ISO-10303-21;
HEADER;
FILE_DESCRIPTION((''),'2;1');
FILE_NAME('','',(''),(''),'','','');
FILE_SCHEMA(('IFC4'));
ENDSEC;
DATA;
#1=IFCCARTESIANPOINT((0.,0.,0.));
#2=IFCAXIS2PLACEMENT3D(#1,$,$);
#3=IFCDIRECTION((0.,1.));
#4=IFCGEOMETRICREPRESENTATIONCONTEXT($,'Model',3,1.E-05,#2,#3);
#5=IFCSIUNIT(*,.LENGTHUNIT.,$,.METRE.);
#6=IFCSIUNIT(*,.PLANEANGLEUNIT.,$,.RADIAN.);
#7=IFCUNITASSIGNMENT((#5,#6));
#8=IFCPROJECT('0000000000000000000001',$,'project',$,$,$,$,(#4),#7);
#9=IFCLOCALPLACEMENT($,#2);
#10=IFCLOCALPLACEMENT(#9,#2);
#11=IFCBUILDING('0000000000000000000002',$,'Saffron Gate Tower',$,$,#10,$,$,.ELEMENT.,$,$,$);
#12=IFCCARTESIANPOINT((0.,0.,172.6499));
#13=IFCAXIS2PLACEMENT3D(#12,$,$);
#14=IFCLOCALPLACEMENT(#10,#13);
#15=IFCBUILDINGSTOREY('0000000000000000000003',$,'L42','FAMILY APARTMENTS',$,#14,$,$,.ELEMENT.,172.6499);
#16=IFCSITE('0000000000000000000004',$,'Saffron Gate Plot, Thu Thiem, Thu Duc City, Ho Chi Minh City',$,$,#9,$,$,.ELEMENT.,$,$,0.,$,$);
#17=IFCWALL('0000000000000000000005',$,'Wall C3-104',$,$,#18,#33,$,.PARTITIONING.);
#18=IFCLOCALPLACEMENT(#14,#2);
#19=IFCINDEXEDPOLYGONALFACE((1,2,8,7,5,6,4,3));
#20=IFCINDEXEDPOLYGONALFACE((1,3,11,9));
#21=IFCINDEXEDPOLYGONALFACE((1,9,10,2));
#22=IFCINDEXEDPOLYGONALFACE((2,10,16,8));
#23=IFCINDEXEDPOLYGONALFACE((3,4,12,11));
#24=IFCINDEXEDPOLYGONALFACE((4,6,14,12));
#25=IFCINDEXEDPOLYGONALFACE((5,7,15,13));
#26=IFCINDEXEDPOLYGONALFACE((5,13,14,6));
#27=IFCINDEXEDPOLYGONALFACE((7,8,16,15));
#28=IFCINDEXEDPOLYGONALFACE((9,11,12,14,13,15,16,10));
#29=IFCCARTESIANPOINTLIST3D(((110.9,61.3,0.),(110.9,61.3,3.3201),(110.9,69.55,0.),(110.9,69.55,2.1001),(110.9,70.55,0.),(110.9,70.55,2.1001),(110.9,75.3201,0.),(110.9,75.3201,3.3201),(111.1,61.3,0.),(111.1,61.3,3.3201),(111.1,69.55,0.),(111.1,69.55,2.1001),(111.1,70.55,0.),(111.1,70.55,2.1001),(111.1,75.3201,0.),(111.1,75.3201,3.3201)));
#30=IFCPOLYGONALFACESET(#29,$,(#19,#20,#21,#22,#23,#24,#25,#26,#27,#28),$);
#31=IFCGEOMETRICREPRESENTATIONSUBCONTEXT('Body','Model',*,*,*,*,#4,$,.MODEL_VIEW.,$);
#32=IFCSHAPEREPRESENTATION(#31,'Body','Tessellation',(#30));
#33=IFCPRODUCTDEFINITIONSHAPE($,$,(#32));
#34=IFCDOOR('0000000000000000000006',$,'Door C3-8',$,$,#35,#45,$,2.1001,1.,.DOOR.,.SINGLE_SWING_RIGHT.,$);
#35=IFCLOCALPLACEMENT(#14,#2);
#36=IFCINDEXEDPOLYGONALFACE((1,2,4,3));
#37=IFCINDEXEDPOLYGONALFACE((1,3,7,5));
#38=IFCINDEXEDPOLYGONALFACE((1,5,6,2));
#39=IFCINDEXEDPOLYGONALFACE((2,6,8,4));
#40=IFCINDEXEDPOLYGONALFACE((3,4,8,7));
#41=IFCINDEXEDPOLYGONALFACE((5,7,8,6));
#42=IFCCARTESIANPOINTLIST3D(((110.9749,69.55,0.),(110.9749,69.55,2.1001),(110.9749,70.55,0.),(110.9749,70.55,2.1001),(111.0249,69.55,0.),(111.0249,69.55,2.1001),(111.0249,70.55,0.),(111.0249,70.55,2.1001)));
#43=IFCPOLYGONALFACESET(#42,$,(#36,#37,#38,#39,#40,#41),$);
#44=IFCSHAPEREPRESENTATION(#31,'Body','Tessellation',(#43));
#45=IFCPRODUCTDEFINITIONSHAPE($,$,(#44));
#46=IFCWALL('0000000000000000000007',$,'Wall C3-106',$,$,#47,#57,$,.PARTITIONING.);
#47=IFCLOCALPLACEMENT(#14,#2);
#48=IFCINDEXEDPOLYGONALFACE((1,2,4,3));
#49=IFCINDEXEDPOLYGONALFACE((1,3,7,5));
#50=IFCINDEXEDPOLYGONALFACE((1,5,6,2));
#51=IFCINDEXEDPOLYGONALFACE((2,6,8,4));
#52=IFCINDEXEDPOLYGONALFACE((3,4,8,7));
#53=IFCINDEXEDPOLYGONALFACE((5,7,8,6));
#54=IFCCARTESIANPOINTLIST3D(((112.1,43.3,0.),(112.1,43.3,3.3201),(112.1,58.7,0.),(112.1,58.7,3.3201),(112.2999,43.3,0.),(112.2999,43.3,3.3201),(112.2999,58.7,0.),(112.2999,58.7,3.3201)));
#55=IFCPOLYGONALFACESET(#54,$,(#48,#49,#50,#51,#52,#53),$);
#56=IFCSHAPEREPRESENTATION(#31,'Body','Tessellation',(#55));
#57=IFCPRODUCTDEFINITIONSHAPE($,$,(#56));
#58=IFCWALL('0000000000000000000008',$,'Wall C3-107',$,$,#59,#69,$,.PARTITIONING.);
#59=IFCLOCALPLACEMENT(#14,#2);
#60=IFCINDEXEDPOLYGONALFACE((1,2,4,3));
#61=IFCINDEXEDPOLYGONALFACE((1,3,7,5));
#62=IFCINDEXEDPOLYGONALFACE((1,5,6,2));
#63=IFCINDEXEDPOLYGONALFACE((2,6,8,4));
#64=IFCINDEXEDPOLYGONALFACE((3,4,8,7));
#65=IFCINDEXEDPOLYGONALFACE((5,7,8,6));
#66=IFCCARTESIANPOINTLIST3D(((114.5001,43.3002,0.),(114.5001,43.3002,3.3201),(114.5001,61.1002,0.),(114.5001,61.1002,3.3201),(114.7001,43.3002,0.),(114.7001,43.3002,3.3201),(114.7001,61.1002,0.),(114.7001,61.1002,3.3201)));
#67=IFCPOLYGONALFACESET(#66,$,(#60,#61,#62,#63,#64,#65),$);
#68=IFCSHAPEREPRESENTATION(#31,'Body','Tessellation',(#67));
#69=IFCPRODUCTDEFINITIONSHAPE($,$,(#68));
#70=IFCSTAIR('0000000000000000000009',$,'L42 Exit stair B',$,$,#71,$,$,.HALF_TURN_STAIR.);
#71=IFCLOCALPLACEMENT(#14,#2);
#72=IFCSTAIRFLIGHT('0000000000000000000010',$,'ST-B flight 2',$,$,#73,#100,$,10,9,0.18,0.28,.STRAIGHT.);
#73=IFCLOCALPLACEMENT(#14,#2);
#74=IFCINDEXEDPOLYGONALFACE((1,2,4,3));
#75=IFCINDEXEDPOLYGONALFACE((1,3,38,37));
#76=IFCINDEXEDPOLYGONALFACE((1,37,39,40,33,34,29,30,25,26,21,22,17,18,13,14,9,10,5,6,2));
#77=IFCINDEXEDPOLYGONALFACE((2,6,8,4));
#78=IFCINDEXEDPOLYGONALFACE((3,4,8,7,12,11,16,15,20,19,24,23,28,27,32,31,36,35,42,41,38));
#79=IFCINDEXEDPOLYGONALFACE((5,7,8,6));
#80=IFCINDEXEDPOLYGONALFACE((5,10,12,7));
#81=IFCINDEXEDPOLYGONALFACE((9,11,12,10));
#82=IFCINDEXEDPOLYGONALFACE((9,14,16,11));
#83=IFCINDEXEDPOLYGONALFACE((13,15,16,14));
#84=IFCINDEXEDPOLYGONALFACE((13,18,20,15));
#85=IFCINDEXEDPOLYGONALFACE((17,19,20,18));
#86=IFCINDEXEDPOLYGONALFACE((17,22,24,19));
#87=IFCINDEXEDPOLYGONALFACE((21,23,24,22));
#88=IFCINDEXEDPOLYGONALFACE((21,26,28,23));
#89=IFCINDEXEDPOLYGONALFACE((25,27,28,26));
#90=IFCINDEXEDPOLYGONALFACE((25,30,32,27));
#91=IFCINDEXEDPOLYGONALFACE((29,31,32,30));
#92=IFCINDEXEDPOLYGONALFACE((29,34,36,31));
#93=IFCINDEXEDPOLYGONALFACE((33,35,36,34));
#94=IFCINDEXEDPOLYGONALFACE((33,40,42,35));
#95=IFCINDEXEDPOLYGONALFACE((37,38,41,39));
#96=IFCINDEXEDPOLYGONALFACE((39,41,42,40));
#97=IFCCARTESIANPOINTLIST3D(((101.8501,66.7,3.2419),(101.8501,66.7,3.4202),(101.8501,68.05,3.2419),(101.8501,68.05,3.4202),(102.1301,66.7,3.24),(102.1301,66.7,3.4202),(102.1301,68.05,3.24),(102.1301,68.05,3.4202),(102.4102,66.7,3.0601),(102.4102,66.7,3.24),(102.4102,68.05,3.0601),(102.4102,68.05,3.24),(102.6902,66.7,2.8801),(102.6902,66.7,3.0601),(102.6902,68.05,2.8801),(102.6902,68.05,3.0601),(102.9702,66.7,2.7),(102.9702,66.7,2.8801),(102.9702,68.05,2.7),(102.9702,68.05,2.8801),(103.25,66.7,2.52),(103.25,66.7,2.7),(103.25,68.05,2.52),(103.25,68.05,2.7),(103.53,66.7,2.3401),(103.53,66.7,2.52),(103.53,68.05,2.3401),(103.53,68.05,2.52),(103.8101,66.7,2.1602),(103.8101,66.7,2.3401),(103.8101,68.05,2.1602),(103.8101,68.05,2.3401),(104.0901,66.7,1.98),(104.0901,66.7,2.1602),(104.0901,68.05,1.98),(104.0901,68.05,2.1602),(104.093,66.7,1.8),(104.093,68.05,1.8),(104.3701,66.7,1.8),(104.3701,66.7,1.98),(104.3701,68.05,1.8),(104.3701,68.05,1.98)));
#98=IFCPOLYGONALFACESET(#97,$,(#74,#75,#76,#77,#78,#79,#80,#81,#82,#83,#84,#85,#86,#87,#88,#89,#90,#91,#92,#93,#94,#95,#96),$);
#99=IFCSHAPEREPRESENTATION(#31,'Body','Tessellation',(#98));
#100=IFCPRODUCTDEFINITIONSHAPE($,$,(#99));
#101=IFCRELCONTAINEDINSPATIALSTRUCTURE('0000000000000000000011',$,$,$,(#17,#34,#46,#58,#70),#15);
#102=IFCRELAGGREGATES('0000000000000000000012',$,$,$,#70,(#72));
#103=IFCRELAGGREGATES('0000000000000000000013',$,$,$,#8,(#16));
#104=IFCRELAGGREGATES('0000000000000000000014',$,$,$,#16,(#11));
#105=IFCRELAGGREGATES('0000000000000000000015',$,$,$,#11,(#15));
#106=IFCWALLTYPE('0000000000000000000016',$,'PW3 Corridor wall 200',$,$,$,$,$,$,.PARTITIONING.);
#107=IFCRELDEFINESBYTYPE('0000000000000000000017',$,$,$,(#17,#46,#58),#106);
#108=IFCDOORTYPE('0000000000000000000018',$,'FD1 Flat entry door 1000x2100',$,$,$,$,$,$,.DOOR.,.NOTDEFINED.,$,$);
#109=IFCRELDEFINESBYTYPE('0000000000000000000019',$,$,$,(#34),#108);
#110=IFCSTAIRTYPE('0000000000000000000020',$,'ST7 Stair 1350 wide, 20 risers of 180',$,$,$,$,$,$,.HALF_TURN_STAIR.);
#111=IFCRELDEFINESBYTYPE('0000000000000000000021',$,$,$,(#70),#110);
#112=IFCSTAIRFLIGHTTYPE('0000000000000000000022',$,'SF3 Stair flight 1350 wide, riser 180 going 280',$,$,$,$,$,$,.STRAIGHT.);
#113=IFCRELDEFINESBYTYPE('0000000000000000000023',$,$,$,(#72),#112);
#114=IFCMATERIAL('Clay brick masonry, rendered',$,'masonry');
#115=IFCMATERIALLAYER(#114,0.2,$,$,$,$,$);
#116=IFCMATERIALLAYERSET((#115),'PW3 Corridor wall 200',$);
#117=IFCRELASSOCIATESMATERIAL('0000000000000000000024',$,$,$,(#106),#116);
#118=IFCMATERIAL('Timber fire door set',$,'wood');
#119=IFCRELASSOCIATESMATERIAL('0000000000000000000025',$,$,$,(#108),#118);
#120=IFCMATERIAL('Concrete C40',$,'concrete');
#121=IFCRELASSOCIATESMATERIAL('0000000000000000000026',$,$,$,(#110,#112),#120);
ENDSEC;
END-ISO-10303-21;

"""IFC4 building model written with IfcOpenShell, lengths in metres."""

from ifc_helpers import new_model, si_unit, direction, frame, frame_2d, origin, place, context, subcontext, project, spatial, polyline, rectangle, outline, extrude, material, layer, layer_set, type_object, element, fill, aggregate, save


model = new_model("IFC4")

# Units and contexts
model_context = context("Model", 3, precision=1e-05, world=origin(), true_north=direction((0.0, 1.0)))
body_context = subcontext(model_context, "Body", "Model", "MODEL_VIEW")
ifc_project = project(units=[si_unit("LENGTHUNIT", "METRE"), si_unit("PLANEANGLEUNIT", "RADIAN")], contexts=[model_context])

# Site, building, storey
site_placement = place(None, origin())
site = spatial("IfcSite", under=ifc_project, at=site_placement, Name="Saffron Gate Plot, Thu Thiem, Thu Duc City, Ho Chi Minh City", CompositionType="ELEMENT", RefElevation=0.0)
building_placement = place(site_placement, origin())
building = spatial("IfcBuilding", under=site, at=building_placement, Name="Saffron Gate Tower", CompositionType="ELEMENT")
storey_placement = place(building_placement, frame((0.0, 0.0, 172.6499)))
storey = spatial("IfcBuildingStorey", under=building, at=storey_placement, Name="L42", Description="FAMILY APARTMENTS", CompositionType="ELEMENT", Elevation=172.6499)

# Shared definitions
ifc_material_1 = material(Name="Clay brick masonry, rendered", Category="masonry")

# Shared definitions
ifc_layer_1 = layer(ifc_material_1, 0.2)
ifc_layer_set_1 = layer_set([ifc_layer_1], Name="PW3 Corridor wall 200")
wall_type_1 = type_object("IfcWallType", Name="PW3 Corridor wall 200", PredefinedType="PARTITIONING", material=ifc_layer_set_1)
ifc_material_2 = material(Name="Timber fire door set", Category="wood")
door_type_1 = type_object("IfcDoorType", Name="FD1 Flat entry door 1000x2100", OperationType="NOTDEFINED", PredefinedType="DOOR", material=ifc_material_2)

# Wall, opening, door
wall_1_placement = place(storey_placement, frame((111.0, 75.3201, 0.0), z_axis=(0.0, 0.0, 1.0), x_axis=(0.0, -1.0, 0.0)))
wall_1 = element("IfcWall", 1, at=wall_1_placement, inside=storey, type_object=wall_type_1, Name="Wall C3-104", PredefinedType="PARTITIONING", context=body_context, shape_type="SweptSolid", body=[
    extrude(rectangle(XDim=14.02, YDim=0.2, at=frame_2d((7.01, 0.0))), origin(), (0.0, 0.0, 1.0), 3.3201),
])
opening_1_placement = place(wall_1_placement, frame((4.77, 0.0, 0.0)))
opening_1 = element("IfcOpeningElement", 2, at=opening_1_placement, cuts=wall_1, PredefinedType="OPENING", context=body_context, shape_type="SweptSolid", body=[
    extrude(rectangle(XDim=1.0, YDim=2.1001, at=frame_2d((0.5, 1.05))), frame((0.0, 0.1099, 0.0), z_axis=(0.0, -1.0, 0.0), x_axis=(1.0, 0.0, 0.0)), (0.0, 0.0, 1.0), 0.22),
])
door_1_placement = place(opening_1_placement, origin())
door_1 = element("IfcDoor", 3, at=door_1_placement, inside=storey, type_object=door_type_1, Name="Door C3-8", OperationType="SINGLE_SWING_RIGHT", OverallHeight=2.1001, OverallWidth=1.0, PredefinedType="DOOR", context=body_context, shape_type="SweptSolid", body=[
    extrude(rectangle(XDim=1.0, YDim=2.1001, at=frame_2d((0.5, 1.05))), frame((0.0, 0.0249, 0.0), z_axis=(0.0, -1.0, 0.0), x_axis=(1.0, 0.0, 0.0)), (0.0, 0.0, 1.0), 0.05),
])
fill(opening_1, door_1)

# Walls
wall_2_placement = place(storey_placement, frame((112.2, 58.7, 0.0), z_axis=(0.0, 0.0, 1.0), x_axis=(0.0, -1.0, 0.0)))
element("IfcWall", 4, at=wall_2_placement, inside=storey, type_object=wall_type_1, Name="Wall C3-106", PredefinedType="PARTITIONING", context=body_context, shape_type="SweptSolid", body=[
    extrude(rectangle(XDim=15.3999, YDim=0.2, at=frame_2d((7.7, 0.0))), origin(), (0.0, 0.0, 1.0), 3.3201),
])
wall_3_placement = place(storey_placement, frame((114.6001, 61.1001, 0.0), z_axis=(0.0, 0.0, 1.0), x_axis=(0.0, -1.0, 0.0)))
element("IfcWall", 5, at=wall_3_placement, inside=storey, type_object=wall_type_1, Name="Wall C3-107", PredefinedType="PARTITIONING", context=body_context, shape_type="SweptSolid", body=[
    extrude(rectangle(XDim=17.8, YDim=0.2, at=frame_2d((8.8999, 0.0))), origin(), (0.0, 0.0, 1.0), 3.3201),
])

# Stair, stair flight
ifc_material_3 = material(Name="Concrete C40", Category="concrete")
stair_type = type_object("IfcStairType", Name="ST7 Stair 1350 wide, 20 risers of 180", PredefinedType="HALF_TURN_STAIR", material=ifc_material_3)
stair_placement = place(storey_placement, origin())
stair = element("IfcStair", 6, at=stair_placement, inside=storey, type_object=stair_type, Name="L42 Exit stair B", PredefinedType="HALF_TURN_STAIR")
stair_flight_type = type_object("IfcStairFlightType", Name="SF3 Stair flight 1350 wide, riser 180 going 280", PredefinedType="STRAIGHT", material=ifc_material_3)
stair_flight_placement = place(storey_placement, frame((104.3701, 67.375, 1.8), z_axis=(0.0, 0.0, 1.0), x_axis=(-1.0, 0.0, 0.0)))
stair_flight = element("IfcStairFlight", 7, at=stair_flight_placement, type_object=stair_flight_type, Name="ST-B flight 2", NumberOfRisers=10, NumberOfTreads=9, PredefinedType="STRAIGHT", RiserHeight=0.18, TreadLength=0.28, context=body_context, shape_type="SweptSolid", body=[
    extrude(outline(polyline([(0.0, 0.0), (0.0, 0.1799), (0.28, 0.1799), (0.28, 0.3601), (0.5601, 0.3601), (0.5601, 0.54), (0.8401, 0.54), (0.8401, 0.72), (1.1201, 0.72), (1.1201, 0.8999), (1.3999, 0.8999), (1.3999, 1.0801), (1.6799, 1.0801), (1.6799, 1.26), (1.96, 1.26), (1.96, 1.4399), (2.24, 1.4399), (2.24, 1.6201), (2.52, 1.6201), (2.52, 1.8), (2.52, 1.4419), (0.2771, 0.0), (0.0, 0.0)])), frame((0.0, 0.675, 0.0), z_axis=(0.0, -1.0, 0.0), x_axis=(1.0, 0.0, 0.0)), (0.0, 0.0, 1.0), 1.3501),
])
aggregate(stair, [stair_flight])

save(model, "model.ifc")
